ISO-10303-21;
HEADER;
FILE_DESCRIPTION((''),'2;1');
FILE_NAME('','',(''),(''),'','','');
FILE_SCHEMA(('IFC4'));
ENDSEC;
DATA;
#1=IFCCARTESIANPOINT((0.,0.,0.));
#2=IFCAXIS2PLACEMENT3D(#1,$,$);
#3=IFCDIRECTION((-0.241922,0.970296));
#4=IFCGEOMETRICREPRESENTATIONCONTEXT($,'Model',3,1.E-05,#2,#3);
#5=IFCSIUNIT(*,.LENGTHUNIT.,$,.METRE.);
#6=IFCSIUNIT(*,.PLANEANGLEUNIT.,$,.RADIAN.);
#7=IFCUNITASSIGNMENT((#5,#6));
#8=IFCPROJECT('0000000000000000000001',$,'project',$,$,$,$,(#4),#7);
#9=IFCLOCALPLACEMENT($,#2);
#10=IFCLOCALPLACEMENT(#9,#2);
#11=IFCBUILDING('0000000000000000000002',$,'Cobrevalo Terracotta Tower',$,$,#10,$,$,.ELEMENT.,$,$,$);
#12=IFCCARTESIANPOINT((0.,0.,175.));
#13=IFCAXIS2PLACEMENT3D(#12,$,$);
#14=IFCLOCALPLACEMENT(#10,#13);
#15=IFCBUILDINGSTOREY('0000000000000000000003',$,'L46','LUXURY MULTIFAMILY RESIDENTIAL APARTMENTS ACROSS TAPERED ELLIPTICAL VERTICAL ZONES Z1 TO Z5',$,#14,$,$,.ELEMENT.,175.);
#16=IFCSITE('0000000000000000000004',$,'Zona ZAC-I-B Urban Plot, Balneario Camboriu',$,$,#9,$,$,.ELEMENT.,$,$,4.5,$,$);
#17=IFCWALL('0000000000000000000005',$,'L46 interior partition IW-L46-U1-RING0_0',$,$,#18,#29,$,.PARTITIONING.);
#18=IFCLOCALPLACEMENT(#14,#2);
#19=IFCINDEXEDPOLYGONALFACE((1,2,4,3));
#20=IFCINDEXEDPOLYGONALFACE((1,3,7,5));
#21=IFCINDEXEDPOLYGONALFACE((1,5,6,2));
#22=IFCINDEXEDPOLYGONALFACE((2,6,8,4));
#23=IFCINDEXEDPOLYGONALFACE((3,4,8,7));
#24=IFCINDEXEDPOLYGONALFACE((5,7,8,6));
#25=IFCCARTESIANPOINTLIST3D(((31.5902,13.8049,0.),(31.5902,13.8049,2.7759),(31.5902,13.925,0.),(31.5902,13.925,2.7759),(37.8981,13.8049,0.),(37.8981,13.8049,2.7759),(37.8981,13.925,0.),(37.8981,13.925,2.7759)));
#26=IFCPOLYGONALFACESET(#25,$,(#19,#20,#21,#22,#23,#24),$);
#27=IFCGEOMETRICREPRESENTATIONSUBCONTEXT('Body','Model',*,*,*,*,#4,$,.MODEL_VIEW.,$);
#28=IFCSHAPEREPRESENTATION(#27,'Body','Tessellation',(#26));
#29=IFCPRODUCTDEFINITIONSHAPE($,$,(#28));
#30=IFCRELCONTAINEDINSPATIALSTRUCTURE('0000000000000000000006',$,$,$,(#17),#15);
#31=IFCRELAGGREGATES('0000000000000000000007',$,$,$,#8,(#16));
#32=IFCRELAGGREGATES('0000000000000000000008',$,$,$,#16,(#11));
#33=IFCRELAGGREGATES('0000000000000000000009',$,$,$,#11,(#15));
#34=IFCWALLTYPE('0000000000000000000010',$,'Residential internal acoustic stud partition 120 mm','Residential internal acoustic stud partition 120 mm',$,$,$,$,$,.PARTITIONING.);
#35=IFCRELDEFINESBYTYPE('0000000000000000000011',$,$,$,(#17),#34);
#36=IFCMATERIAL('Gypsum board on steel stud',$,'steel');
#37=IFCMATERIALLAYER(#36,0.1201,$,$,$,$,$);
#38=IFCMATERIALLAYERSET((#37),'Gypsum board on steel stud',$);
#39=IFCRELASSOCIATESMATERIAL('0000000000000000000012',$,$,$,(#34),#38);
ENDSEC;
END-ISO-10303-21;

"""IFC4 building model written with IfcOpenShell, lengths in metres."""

from ifc_helpers import new_model, si_unit, direction, frame, frame_2d, origin, place, context, subcontext, project, spatial, rectangle, extrude, material, layer, layer_set, type_object, element, save


model = new_model("IFC4")

# Units and contexts
model_context = context("Model", 3, precision=1e-05, world=origin(), true_north=direction((-0.241922, 0.970296)))
body_context = subcontext(model_context, "Body", "Model", "MODEL_VIEW")
ifc_project = project(units=[si_unit("LENGTHUNIT", "METRE"), si_unit("PLANEANGLEUNIT", "RADIAN")], contexts=[model_context])

# Site, building, storey
site_placement = place(None, origin())
site = spatial("IfcSite", under=ifc_project, at=site_placement, Name="Zona ZAC-I-B Urban Plot, Balneario Camboriu", CompositionType="ELEMENT", RefElevation=4.5)
building_placement = place(site_placement, origin())
building = spatial("IfcBuilding", under=site, at=building_placement, Name="Cobrevalo Terracotta Tower", CompositionType="ELEMENT")
storey_placement = place(building_placement, frame((0.0, 0.0, 175.0)))
storey = spatial("IfcBuildingStorey", under=building, at=storey_placement, Name="L46", Description="LUXURY MULTIFAMILY RESIDENTIAL APARTMENTS ACROSS TAPERED ELLIPTICAL VERTICAL ZONES Z1 TO Z5", CompositionType="ELEMENT", Elevation=175.0)

# Wall
ifc_material_1 = material(Name="Gypsum board on steel stud", Category="steel")
ifc_layer_1 = layer(ifc_material_1, 0.1201)
ifc_layer_set_1 = layer_set([ifc_layer_1], Name="Gypsum board on steel stud")
wall_type_1 = type_object("IfcWallType", Name="Residential internal acoustic stud partition 120 mm", Description="Residential internal acoustic stud partition 120 mm", PredefinedType="PARTITIONING", material=ifc_layer_set_1)
wall_1_placement = place(storey_placement, frame((37.8979, 13.865, 0.0), z_axis=(0.0, 0.0, 1.0), x_axis=(-1.0, 0.0, 0.0)))
element("IfcWall", 1, at=wall_1_placement, inside=storey, type_object=wall_type_1, Name="L46 interior partition IW-L46-U1-RING0_0", PredefinedType="PARTITIONING", context=body_context, shape_type="SweptSolid", body=[
    extrude(rectangle(XDim=6.3079, YDim=0.1201, at=frame_2d((3.1538, 0.0))), origin(), (0.0, 0.0, 1.0), 2.7759),
])

save(model, "model.ifc")
